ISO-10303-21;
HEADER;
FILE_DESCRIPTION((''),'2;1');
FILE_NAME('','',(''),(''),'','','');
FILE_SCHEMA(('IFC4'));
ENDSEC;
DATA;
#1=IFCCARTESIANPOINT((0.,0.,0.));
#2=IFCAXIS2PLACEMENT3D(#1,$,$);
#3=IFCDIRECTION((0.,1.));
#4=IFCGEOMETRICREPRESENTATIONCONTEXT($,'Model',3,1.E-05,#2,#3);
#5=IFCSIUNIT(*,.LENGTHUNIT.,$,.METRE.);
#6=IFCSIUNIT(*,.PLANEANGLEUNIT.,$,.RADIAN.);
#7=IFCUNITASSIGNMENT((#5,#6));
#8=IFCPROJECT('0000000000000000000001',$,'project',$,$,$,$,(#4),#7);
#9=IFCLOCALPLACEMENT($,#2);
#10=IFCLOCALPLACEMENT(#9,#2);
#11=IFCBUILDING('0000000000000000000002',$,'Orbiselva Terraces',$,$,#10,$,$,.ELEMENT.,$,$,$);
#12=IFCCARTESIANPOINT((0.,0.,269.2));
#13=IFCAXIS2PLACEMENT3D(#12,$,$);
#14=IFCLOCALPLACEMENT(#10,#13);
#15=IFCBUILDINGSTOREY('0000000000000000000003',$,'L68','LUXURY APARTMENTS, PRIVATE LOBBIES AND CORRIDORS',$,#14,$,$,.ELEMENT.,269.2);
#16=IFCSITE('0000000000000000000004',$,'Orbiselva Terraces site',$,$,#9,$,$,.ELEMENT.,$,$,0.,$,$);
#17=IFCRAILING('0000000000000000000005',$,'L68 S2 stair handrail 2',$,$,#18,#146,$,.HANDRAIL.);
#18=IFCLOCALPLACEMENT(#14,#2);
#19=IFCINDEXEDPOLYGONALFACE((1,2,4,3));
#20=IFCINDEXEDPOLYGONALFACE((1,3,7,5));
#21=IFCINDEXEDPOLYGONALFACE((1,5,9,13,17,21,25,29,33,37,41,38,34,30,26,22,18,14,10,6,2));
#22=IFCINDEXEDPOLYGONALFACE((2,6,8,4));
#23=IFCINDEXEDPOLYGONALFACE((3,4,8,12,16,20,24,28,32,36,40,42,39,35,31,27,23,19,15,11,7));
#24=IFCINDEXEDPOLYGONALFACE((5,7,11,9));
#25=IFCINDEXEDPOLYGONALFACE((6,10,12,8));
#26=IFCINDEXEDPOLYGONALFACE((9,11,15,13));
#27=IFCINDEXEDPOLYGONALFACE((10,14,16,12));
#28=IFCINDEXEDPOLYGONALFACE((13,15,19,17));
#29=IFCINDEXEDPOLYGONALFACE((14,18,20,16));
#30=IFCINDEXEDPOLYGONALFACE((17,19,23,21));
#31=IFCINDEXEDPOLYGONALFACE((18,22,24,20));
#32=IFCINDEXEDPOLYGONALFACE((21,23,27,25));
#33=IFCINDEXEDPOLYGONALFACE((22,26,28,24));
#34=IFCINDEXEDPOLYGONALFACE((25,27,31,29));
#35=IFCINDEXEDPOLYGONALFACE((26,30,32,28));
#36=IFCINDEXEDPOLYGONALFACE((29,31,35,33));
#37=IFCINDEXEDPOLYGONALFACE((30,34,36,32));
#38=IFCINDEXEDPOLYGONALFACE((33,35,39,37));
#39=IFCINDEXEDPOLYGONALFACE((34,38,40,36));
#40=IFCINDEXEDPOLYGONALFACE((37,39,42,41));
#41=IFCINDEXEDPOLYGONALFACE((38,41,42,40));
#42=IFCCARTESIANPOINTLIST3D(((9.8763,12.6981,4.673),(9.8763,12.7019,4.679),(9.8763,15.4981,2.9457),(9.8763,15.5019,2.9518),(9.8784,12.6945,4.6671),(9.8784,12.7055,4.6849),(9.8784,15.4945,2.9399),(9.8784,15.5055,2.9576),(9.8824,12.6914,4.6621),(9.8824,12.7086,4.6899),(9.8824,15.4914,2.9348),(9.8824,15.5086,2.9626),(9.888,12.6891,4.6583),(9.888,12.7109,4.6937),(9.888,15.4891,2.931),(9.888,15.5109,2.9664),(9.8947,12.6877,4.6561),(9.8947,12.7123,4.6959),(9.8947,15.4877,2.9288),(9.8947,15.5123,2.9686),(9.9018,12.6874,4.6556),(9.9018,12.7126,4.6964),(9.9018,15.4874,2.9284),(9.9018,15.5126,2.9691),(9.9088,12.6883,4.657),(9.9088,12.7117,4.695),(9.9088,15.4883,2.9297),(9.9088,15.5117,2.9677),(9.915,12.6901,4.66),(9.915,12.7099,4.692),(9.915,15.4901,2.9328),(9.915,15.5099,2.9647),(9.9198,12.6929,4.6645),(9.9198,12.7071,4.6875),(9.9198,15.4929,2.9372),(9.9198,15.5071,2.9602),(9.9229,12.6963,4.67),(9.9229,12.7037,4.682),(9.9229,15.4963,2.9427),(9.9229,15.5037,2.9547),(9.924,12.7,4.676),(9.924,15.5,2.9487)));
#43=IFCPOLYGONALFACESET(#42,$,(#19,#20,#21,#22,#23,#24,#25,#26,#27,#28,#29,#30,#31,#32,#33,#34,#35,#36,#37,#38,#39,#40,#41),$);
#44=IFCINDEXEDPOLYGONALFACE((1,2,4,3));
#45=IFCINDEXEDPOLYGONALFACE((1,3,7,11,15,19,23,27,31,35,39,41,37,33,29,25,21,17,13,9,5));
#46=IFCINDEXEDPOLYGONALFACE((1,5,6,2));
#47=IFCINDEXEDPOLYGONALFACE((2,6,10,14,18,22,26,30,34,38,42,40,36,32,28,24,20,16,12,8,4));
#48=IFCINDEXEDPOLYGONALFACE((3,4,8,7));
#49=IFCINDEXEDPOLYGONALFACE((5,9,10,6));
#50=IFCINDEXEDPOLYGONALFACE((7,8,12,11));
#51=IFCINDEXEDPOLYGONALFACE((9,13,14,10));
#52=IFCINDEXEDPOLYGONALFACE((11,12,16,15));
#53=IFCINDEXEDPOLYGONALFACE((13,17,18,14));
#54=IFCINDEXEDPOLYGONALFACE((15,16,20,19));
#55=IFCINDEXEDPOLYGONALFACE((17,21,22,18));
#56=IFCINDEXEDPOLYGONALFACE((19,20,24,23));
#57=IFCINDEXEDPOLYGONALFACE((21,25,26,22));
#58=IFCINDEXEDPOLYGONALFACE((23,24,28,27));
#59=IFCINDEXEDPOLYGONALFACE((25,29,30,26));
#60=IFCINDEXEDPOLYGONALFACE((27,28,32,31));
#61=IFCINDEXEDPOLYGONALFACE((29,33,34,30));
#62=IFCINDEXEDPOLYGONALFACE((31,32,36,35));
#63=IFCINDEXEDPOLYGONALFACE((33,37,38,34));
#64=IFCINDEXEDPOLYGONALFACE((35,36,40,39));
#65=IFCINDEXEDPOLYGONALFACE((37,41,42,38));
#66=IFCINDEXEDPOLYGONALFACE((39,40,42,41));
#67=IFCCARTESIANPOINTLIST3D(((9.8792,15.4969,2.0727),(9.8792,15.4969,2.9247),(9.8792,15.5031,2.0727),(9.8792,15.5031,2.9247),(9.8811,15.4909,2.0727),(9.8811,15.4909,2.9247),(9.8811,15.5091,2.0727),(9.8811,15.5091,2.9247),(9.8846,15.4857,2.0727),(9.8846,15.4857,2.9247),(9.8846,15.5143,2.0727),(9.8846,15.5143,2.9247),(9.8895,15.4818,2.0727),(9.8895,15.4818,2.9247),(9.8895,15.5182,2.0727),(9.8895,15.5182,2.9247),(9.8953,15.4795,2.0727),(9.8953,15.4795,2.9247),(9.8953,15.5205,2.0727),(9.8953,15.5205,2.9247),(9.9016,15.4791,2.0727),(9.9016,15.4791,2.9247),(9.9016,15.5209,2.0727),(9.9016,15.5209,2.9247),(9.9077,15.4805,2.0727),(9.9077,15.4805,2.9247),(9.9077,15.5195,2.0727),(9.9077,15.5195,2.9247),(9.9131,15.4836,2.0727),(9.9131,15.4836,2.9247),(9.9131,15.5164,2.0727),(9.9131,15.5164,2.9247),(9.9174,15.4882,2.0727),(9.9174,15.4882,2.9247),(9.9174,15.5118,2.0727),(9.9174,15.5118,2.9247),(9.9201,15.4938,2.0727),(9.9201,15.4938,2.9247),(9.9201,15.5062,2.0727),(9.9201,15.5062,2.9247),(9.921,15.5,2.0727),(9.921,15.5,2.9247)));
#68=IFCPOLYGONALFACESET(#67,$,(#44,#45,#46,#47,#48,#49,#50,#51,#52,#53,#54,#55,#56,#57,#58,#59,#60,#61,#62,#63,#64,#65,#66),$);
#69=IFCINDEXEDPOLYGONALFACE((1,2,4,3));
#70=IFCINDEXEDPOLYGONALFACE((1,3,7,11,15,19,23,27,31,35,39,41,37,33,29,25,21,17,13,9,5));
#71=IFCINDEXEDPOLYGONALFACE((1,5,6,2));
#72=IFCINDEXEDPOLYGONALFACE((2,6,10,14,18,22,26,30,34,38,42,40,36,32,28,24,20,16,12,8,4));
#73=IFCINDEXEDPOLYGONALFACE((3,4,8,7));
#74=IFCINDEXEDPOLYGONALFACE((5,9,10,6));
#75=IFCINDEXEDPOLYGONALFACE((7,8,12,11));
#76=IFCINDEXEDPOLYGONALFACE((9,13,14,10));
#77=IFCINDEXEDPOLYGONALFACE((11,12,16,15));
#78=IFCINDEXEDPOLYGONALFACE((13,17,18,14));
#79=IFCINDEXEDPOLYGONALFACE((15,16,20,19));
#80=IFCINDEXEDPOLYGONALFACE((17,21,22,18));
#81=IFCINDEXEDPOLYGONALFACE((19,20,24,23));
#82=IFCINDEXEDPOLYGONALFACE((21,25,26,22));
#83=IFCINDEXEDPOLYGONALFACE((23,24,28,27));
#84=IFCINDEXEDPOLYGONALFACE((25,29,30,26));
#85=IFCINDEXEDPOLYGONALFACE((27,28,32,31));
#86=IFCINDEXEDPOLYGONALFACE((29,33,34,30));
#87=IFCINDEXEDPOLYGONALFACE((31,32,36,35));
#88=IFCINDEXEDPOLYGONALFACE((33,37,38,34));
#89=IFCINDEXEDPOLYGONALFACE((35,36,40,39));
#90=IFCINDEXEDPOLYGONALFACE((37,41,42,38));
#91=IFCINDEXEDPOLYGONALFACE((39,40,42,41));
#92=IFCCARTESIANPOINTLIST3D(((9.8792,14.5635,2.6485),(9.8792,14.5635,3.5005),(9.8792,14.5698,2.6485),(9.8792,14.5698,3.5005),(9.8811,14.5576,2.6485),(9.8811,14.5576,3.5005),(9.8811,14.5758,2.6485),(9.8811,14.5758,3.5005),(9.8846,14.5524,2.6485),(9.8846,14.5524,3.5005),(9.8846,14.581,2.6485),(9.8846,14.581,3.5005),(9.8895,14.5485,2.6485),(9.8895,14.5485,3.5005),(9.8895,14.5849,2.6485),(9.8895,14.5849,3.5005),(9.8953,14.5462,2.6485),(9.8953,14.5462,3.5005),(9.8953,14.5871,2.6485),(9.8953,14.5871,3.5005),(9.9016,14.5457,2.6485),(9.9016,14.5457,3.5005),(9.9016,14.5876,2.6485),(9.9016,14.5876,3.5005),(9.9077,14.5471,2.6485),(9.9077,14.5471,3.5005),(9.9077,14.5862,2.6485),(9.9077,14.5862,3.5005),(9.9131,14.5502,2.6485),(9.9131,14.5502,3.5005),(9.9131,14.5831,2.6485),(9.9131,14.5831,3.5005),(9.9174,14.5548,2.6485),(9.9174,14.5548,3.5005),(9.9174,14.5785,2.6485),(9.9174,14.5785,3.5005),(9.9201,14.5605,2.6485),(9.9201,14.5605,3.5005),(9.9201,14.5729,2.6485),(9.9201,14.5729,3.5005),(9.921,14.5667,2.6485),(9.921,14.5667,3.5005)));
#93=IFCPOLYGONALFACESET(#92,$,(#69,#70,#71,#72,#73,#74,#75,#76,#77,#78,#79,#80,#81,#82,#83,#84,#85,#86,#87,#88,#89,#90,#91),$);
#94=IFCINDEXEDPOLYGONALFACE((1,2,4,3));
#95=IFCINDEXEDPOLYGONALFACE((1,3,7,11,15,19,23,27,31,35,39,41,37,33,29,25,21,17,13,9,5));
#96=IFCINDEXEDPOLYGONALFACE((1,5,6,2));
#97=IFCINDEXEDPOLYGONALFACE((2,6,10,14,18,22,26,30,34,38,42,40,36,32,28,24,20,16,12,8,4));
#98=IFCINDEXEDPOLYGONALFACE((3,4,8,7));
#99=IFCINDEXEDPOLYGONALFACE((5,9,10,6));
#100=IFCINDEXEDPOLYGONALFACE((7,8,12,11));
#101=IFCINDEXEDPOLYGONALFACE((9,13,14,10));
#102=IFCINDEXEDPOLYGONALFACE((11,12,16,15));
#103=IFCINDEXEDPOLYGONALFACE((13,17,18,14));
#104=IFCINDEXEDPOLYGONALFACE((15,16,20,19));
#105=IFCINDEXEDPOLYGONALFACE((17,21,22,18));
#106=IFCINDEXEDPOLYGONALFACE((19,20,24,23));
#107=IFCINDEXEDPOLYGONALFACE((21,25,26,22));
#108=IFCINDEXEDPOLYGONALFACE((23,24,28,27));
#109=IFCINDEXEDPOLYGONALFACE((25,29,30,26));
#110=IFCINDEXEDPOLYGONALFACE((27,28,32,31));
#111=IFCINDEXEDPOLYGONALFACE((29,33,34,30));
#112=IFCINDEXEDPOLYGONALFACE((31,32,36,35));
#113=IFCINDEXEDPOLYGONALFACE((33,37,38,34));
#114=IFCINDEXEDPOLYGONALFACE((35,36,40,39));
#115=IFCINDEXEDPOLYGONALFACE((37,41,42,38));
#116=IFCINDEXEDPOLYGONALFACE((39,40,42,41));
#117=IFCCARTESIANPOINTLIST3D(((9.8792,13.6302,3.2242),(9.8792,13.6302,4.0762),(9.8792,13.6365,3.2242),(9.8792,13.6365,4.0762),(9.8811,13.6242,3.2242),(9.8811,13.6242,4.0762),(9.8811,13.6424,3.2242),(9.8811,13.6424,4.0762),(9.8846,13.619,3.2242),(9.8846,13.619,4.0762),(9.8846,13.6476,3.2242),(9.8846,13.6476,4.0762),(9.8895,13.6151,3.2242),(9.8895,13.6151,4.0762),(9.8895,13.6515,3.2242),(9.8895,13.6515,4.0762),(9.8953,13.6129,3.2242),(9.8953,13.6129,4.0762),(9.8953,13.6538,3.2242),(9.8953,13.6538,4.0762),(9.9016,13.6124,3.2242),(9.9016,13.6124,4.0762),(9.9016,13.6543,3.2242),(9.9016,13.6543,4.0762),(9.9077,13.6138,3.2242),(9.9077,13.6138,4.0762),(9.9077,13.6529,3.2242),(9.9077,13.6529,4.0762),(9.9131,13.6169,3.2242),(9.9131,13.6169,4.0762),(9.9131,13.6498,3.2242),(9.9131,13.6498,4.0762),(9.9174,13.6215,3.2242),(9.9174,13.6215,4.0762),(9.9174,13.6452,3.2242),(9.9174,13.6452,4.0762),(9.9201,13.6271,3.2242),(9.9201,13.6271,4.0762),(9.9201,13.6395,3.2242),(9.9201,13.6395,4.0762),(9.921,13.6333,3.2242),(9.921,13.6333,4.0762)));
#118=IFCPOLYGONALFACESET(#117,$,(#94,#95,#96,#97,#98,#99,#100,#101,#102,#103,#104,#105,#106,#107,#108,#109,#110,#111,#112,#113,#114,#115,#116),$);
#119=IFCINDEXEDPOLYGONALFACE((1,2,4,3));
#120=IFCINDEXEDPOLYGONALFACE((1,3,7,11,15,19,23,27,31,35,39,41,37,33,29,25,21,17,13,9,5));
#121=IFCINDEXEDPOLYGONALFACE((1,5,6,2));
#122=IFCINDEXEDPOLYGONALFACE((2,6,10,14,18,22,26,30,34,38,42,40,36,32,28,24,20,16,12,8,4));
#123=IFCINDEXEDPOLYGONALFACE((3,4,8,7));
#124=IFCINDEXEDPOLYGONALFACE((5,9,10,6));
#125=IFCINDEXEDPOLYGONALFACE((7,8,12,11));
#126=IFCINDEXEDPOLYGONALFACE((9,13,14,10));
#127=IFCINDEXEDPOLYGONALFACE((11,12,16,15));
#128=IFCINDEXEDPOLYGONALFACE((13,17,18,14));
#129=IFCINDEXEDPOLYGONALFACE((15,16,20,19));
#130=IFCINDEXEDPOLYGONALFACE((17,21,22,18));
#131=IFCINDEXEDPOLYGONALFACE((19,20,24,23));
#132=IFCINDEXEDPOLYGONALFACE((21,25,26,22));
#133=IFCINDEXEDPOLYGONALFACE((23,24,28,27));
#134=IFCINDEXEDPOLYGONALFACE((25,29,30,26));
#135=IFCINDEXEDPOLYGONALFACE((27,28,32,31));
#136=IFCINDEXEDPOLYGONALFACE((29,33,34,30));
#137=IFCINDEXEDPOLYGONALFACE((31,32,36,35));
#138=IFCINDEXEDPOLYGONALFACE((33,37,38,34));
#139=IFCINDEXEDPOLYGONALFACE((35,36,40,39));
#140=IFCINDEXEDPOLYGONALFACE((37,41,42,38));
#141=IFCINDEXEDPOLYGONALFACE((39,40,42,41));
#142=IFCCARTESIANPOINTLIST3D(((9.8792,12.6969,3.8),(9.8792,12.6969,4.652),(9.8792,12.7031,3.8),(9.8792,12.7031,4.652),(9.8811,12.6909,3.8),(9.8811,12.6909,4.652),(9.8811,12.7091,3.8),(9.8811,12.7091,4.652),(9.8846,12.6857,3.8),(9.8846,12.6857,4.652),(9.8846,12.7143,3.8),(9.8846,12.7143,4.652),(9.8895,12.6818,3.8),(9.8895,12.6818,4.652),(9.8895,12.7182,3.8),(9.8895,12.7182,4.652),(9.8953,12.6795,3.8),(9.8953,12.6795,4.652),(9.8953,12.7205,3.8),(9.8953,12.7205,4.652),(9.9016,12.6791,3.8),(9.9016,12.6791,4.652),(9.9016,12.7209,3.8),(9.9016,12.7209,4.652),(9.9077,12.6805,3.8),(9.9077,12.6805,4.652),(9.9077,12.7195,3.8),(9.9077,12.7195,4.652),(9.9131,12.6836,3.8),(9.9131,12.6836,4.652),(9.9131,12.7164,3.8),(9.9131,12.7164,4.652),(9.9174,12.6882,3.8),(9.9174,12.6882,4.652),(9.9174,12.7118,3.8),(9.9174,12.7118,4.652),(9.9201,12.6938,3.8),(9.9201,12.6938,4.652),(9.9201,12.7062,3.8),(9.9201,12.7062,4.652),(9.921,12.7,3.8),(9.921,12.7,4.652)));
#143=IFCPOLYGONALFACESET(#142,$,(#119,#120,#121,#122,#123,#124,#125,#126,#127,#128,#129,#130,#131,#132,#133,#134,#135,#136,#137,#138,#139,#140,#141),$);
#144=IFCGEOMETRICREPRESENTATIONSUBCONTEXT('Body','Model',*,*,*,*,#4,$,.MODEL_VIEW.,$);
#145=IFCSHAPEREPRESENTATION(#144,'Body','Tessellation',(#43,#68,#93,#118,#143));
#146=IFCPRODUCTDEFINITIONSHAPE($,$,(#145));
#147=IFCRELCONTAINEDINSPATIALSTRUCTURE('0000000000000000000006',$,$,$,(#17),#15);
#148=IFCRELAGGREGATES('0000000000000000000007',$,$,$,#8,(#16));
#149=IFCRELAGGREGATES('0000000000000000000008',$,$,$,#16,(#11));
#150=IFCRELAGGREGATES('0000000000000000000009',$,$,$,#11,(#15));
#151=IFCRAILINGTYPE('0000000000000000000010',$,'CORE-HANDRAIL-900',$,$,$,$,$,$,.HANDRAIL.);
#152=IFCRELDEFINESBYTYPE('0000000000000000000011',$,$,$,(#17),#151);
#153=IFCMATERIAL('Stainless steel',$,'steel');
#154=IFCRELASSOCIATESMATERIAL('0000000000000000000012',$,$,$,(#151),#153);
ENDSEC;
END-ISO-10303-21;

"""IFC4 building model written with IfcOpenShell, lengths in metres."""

from ifc_helpers import new_model, si_unit, direction, frame, origin, origin_2d, place, context, subcontext, project, spatial, circle, extrude, material, type_object, element, save


model = new_model("IFC4")

# Units and contexts
model_context = context("Model", 3, precision=1e-05, world=origin(), true_north=direction((0.0, 1.0)))
body_context = subcontext(model_context, "Body", "Model", "MODEL_VIEW")
ifc_project = project(units=[si_unit("LENGTHUNIT", "METRE"), si_unit("PLANEANGLEUNIT", "RADIAN")], contexts=[model_context])

# Site, building, storey
site_placement = place(None, origin())
site = spatial("IfcSite", under=ifc_project, at=site_placement, Name="Orbiselva Terraces site", CompositionType="ELEMENT", RefElevation=0.0)
building_placement = place(site_placement, origin())
building = spatial("IfcBuilding", under=site, at=building_placement, Name="Orbiselva Terraces", CompositionType="ELEMENT")
storey_placement = place(building_placement, frame((0.0, 0.0, 269.2)))
storey = spatial("IfcBuildingStorey", under=building, at=storey_placement, Name="L68", Description="LUXURY APARTMENTS, PRIVATE LOBBIES AND CORRIDORS", CompositionType="ELEMENT", Elevation=269.2)

# Railing
ifc_material_1 = material(Name="Stainless steel", Category="steel")
railing_type = type_object("IfcRailingType", Name="CORE-HANDRAIL-900", PredefinedType="HANDRAIL", material=ifc_material_1)
railing_placement = place(storey_placement, frame((9.9, 15.5, 2.0727)))
element("IfcRailing", 1, at=railing_placement, inside=storey, type_object=railing_type, Name="L68 S2 stair handrail 2", PredefinedType="HANDRAIL", context=body_context, shape_type="SweptSolid", body=[
    extrude(circle(Radius=0.024, at=origin_2d()), frame((0.0, 0.0, 0.876), z_axis=(0.0, -0.851089, 0.525022), x_axis=(1.0, 0.0, 0.0)), (0.0, 0.0, 1.0), 3.2899),
    extrude(circle(Radius=0.021, at=origin_2d()), origin(), (0.0, 0.0, 1.0), 0.852),
    extrude(circle(Radius=0.021, at=origin_2d()), frame((0.0, -0.9333, 0.5758)), (0.0, 0.0, 1.0), 0.852),
    extrude(circle(Radius=0.021, at=origin_2d()), frame((0.0, -1.8667, 1.1515)), (0.0, 0.0, 1.0), 0.852),
    extrude(circle(Radius=0.021, at=origin_2d()), frame((0.0, -2.8, 1.7273)), (0.0, 0.0, 1.0), 0.852),
])

save(model, "model.ifc")
